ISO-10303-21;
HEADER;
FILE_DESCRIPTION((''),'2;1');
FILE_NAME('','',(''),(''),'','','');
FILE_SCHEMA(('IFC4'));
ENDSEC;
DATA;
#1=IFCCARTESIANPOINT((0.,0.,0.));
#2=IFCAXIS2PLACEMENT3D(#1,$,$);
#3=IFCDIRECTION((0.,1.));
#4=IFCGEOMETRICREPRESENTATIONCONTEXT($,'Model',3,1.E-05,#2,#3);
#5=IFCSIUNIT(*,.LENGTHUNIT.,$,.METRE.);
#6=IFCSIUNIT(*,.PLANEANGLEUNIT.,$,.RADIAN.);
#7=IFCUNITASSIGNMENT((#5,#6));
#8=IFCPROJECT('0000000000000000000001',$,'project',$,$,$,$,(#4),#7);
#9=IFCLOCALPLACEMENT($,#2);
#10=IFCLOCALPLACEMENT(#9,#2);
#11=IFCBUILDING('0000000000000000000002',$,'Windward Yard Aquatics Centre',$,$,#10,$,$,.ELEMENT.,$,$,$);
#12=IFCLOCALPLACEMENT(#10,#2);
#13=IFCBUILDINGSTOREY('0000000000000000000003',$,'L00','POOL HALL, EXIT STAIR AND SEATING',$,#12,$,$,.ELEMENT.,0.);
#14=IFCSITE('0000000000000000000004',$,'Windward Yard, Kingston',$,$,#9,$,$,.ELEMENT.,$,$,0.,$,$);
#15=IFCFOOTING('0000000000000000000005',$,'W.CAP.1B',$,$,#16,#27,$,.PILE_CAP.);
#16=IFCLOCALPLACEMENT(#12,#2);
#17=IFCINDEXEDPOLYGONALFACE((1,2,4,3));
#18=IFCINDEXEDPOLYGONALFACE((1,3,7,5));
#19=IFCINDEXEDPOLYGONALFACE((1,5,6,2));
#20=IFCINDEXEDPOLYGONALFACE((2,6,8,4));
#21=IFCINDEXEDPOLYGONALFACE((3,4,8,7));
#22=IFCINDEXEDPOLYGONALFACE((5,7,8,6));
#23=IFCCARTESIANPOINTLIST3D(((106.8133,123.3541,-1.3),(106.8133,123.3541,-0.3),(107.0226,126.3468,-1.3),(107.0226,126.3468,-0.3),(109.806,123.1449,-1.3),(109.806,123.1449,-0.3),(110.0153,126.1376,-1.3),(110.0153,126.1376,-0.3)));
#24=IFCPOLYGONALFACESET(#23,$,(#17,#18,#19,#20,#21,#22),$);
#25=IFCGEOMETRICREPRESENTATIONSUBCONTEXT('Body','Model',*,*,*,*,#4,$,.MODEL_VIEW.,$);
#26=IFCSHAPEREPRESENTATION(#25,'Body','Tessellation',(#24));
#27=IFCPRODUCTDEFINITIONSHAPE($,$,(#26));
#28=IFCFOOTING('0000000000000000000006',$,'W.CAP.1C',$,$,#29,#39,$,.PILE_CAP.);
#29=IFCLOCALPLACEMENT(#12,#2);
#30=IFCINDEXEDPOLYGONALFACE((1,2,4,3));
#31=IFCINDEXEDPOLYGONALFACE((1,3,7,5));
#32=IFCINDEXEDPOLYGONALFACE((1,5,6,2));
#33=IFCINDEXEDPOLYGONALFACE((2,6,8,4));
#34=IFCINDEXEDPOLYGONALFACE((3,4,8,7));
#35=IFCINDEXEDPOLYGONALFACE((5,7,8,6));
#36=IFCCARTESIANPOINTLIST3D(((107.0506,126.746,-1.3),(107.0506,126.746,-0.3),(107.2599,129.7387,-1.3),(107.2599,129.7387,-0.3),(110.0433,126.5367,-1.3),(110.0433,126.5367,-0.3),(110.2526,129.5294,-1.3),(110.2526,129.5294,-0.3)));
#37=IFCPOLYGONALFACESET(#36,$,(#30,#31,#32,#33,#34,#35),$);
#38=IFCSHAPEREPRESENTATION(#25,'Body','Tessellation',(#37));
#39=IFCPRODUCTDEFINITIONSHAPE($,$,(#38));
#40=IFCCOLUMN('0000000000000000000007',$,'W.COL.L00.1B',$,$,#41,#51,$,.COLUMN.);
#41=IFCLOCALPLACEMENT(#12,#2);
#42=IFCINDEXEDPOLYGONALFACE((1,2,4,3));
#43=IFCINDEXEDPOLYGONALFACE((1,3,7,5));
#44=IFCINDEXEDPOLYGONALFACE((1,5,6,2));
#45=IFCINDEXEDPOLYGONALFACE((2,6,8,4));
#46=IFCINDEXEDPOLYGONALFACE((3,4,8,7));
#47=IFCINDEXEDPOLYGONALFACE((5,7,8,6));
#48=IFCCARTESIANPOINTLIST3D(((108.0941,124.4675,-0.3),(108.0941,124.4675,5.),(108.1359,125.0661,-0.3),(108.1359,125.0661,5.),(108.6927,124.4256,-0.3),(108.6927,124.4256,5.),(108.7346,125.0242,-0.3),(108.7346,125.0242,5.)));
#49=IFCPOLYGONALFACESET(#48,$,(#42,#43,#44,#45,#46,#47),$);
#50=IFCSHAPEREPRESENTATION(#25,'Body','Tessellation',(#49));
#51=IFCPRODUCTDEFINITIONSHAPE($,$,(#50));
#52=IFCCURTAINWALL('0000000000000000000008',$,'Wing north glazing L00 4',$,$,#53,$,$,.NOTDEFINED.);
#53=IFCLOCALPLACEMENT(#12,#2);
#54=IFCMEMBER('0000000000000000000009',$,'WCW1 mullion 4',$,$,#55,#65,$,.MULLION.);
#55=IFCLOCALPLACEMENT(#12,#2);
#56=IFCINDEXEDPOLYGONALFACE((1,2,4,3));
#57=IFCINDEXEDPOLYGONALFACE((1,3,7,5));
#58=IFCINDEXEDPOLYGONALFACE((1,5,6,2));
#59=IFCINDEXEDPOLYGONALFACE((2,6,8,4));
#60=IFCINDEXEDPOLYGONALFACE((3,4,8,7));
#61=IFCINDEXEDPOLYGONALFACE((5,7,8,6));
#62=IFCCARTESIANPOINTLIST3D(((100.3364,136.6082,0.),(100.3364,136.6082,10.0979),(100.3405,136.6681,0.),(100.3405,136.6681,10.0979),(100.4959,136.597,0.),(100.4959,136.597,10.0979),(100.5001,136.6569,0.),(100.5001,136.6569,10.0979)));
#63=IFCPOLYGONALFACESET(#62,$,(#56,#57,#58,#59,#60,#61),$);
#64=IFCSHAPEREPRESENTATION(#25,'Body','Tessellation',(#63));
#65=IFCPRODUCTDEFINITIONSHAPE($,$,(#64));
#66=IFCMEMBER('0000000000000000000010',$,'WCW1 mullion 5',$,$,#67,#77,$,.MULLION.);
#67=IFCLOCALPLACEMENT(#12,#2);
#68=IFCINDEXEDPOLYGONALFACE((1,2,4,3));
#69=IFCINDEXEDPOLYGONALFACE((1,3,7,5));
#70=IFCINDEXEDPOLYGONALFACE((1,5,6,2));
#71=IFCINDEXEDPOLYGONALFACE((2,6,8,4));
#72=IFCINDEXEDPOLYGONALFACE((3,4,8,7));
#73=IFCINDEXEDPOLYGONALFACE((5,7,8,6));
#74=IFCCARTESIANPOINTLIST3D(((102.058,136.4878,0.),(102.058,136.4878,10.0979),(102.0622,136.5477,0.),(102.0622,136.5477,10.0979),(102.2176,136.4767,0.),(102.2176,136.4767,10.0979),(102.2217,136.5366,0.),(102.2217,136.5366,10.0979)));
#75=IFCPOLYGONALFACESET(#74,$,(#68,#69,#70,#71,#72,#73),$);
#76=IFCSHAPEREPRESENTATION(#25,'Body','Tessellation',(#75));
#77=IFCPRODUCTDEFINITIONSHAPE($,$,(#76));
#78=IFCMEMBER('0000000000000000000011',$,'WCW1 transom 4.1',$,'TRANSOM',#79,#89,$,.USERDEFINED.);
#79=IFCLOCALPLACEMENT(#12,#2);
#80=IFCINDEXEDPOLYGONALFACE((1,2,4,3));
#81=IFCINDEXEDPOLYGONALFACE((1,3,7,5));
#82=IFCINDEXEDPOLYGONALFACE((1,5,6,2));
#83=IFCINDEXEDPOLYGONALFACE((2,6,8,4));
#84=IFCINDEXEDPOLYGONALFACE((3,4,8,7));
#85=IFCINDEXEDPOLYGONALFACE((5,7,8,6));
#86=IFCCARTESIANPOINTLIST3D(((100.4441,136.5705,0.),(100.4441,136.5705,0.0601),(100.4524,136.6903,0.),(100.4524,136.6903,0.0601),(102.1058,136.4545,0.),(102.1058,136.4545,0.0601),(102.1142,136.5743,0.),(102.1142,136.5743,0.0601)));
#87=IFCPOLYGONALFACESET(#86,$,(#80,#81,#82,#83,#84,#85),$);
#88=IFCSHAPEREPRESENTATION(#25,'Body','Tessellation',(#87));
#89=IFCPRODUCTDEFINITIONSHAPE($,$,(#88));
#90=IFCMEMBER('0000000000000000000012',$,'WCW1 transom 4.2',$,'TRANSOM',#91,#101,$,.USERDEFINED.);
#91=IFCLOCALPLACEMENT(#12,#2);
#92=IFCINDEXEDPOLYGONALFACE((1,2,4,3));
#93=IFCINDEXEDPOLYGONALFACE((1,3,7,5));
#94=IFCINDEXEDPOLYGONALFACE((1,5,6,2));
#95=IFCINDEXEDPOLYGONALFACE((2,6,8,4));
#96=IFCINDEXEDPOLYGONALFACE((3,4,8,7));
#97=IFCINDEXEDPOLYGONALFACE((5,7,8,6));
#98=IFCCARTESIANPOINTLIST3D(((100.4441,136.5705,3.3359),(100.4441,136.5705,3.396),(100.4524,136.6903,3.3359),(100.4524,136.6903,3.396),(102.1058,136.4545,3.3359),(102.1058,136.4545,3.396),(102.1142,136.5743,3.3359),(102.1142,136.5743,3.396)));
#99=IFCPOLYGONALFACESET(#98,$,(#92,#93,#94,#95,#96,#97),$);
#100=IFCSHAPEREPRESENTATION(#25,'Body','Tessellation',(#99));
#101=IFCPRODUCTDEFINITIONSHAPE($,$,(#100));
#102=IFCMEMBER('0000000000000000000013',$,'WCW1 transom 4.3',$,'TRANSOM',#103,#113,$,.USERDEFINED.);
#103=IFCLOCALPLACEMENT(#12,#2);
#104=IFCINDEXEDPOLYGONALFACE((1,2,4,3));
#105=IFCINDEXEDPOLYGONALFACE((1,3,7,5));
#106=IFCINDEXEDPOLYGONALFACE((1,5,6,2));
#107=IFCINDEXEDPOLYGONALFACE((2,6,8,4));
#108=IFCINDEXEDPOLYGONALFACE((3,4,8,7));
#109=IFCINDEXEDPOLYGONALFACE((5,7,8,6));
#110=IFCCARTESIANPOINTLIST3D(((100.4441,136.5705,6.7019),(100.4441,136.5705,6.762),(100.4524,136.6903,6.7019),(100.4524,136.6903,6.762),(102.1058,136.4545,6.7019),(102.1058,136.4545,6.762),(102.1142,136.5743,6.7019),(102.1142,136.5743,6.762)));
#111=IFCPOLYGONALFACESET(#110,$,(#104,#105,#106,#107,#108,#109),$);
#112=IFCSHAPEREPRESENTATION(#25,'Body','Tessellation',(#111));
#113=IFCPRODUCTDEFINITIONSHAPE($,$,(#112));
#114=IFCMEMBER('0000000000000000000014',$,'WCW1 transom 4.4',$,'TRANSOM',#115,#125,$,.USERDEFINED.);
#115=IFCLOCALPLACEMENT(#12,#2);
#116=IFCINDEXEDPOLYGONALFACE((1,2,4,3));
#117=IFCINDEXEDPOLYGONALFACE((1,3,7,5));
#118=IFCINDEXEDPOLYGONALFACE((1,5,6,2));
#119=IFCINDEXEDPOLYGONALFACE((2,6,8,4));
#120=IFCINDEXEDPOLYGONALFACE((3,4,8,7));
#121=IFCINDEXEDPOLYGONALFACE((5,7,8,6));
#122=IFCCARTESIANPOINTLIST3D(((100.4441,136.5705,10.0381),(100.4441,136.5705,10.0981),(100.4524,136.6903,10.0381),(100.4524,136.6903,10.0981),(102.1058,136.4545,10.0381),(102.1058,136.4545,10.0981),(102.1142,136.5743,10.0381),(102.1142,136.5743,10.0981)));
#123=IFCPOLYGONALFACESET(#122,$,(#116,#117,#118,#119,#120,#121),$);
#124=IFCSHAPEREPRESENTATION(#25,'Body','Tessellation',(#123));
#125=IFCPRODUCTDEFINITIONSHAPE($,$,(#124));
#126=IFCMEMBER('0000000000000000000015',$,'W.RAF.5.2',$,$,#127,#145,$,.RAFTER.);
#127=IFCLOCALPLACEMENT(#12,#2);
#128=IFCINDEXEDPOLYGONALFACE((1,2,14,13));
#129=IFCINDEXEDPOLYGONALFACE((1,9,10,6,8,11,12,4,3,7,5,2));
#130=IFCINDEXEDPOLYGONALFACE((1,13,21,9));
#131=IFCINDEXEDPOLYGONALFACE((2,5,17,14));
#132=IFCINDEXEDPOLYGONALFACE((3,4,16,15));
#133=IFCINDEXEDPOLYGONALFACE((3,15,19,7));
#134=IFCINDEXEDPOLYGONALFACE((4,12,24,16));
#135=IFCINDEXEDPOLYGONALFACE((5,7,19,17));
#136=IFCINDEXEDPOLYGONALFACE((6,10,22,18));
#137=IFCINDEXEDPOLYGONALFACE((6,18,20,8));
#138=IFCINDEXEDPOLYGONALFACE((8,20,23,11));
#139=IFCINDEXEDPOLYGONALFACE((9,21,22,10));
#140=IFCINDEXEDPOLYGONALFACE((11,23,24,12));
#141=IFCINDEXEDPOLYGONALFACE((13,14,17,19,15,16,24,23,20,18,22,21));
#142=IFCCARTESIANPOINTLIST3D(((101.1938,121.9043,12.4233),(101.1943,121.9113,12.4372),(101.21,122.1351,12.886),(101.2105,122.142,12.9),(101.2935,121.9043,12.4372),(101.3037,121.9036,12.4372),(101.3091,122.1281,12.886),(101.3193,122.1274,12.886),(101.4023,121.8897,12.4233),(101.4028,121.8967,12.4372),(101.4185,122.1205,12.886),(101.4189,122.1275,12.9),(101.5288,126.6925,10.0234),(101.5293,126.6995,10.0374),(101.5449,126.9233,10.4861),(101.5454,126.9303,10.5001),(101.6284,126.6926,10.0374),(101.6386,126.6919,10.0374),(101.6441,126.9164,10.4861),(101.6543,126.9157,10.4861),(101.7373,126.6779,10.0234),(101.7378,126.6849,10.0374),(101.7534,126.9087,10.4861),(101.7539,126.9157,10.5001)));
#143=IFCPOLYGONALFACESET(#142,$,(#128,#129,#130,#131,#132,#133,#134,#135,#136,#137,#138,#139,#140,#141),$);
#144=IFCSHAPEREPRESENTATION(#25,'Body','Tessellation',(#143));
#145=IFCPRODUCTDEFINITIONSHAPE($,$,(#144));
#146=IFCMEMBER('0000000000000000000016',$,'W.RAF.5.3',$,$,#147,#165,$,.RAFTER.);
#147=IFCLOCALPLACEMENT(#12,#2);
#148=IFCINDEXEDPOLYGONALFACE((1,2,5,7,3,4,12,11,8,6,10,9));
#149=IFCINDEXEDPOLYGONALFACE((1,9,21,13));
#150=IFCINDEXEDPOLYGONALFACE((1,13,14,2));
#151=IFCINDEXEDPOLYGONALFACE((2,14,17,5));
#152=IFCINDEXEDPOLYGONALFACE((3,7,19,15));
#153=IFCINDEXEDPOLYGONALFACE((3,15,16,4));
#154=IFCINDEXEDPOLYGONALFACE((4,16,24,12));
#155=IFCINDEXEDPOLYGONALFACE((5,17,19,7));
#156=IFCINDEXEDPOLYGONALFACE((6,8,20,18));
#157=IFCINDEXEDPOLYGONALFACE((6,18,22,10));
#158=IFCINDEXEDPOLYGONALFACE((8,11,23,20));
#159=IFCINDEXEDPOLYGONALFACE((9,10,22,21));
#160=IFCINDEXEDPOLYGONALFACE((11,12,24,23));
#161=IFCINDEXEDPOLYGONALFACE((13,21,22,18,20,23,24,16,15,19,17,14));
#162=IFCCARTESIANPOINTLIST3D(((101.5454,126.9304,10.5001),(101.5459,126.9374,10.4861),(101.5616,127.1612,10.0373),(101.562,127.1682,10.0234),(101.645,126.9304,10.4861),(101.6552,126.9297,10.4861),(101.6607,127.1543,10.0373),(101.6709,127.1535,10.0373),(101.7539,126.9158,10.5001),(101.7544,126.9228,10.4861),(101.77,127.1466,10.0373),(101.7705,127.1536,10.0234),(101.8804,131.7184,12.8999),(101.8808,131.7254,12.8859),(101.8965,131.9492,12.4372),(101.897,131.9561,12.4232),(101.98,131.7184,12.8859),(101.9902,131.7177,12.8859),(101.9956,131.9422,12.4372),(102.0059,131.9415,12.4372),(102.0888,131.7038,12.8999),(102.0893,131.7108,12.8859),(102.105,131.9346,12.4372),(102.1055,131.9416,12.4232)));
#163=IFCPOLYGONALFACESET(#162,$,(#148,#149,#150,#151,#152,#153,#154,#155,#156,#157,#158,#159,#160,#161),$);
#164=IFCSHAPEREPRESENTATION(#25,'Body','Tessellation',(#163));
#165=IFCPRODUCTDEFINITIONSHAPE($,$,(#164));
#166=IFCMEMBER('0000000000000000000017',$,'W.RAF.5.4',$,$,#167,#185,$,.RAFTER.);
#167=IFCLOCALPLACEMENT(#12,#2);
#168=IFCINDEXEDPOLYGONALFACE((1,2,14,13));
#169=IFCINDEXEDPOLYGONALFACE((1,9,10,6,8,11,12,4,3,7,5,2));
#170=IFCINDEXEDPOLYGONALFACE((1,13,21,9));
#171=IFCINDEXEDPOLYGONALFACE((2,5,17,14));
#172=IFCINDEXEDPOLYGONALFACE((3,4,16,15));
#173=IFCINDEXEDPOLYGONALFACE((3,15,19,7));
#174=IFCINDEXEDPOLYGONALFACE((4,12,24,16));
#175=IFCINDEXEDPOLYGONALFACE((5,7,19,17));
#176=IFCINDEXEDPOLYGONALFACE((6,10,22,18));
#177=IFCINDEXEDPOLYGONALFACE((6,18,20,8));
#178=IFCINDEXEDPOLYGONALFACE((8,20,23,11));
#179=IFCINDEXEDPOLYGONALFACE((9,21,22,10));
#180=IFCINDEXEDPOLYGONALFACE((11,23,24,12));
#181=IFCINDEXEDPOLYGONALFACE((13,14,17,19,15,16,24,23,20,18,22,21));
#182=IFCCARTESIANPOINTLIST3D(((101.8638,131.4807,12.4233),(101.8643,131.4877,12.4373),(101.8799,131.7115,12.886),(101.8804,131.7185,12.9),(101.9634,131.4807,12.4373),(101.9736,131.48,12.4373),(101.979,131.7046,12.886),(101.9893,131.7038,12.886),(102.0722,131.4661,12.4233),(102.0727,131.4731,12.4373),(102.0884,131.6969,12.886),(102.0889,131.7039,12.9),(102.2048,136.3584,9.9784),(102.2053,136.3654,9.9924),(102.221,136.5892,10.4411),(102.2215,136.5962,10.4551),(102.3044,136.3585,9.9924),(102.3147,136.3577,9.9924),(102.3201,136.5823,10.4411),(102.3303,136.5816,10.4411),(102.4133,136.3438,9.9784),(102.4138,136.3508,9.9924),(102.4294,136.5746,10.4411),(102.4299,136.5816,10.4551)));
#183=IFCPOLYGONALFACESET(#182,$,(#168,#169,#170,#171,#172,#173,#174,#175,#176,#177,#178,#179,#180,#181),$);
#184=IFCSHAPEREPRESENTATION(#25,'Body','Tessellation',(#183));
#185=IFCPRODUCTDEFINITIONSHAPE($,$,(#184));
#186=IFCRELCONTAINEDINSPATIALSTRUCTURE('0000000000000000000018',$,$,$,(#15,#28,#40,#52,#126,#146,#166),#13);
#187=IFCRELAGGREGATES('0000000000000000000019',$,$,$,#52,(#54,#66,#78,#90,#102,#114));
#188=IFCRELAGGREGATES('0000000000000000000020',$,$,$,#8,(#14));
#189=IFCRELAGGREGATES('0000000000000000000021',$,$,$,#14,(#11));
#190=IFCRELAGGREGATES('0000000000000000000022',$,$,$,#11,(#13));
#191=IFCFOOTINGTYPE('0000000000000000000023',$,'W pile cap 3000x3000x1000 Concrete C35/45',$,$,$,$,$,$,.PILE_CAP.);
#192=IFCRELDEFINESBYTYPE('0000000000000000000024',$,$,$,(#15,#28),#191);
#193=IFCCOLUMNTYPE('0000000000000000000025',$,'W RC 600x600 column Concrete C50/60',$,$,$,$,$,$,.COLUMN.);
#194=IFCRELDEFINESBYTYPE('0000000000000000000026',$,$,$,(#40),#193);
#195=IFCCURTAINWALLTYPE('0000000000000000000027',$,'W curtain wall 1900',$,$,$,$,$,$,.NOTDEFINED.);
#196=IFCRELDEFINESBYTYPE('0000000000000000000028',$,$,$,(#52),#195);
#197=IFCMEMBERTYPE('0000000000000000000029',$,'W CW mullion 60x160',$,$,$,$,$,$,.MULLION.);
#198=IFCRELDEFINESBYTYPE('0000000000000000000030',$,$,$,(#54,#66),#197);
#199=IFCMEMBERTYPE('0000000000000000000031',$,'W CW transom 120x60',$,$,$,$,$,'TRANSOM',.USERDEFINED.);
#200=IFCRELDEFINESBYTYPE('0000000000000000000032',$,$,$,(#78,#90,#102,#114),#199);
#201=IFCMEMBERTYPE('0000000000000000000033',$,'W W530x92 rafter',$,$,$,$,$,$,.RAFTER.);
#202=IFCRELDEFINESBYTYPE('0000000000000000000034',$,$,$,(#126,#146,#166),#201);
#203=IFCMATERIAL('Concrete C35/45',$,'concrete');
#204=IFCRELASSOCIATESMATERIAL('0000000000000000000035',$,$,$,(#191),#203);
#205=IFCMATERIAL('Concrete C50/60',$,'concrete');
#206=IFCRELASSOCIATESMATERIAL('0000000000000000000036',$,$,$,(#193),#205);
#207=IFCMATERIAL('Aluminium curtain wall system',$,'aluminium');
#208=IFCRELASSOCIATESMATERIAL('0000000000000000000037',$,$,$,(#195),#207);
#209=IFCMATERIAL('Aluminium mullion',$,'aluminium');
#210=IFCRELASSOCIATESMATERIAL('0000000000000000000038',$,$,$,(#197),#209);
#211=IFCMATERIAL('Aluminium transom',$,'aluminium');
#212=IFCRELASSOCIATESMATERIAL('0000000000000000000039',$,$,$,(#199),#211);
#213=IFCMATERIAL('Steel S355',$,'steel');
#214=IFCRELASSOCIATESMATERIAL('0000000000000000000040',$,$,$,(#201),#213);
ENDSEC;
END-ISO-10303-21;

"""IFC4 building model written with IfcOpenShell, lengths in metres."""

from ifc_helpers import new_model, si_unit, direction, frame, origin, origin_2d, place, context, subcontext, project, spatial, rectangle, i_section, extrude, material, material_profile, profile_set, type_object, element, aggregate, save


model = new_model("IFC4")

# Units and contexts
model_context = context("Model", 3, precision=1e-05, world=origin(), true_north=direction((0.0, 1.0)))
body_context = subcontext(model_context, "Body", "Model", "MODEL_VIEW")
ifc_project = project(units=[si_unit("LENGTHUNIT", "METRE"), si_unit("PLANEANGLEUNIT", "RADIAN")], contexts=[model_context])

# Site, building, storey
site_placement = place(None, origin())
site = spatial("IfcSite", under=ifc_project, at=site_placement, Name="Windward Yard, Kingston", CompositionType="ELEMENT", RefElevation=0.0)
building_placement = place(site_placement, origin())
building = spatial("IfcBuilding", under=site, at=building_placement, Name="Windward Yard Aquatics Centre", CompositionType="ELEMENT")
storey_placement = place(building_placement, origin())
storey = spatial("IfcBuildingStorey", under=building, at=storey_placement, Name="L00", Description="POOL HALL, EXIT STAIR AND SEATING", CompositionType="ELEMENT", Elevation=0.0)

# Shared definitions
ifc_material_1 = material(Name="Concrete C35/45", Category="concrete")

# Footings
footing_type = type_object("IfcFootingType", Name="W pile cap 3000x3000x1000 Concrete C35/45", PredefinedType="PILE_CAP", material=ifc_material_1)
for number, where, z_axis, x_axis, name in (
    (1, (108.4143, 124.7458, -1.3), (0.0, 0.0, 1.0), (0.997564, -0.069756, 0.0), "W.CAP.1B"),
    (2, (108.6516, 128.1377, -1.3), (0.0, 0.0, 1.0), (0.997564, -0.069756, 0.0), "W.CAP.1C"),
):
    element("IfcFooting", number, at=place(storey_placement, frame(where, z_axis=z_axis, x_axis=x_axis)), inside=storey, type_object=footing_type, Name=name, PredefinedType="PILE_CAP", context=body_context, shape_type="SweptSolid", body=[
        extrude(rectangle(XDim=3.0, YDim=3.0, at=origin_2d()), origin(), (0.0, 0.0, 1.0), 1.0),
    ])

# Column
ifc_material_2 = material(Name="Concrete C50/60", Category="concrete")
ifc_material_profile_1 = material_profile(ifc_material_2, rectangle(XDim=0.6001, YDim=0.6001, at=origin_2d()), Name="RC 600x600")
ifc_profile_set_1 = profile_set([ifc_material_profile_1], Name="Concrete C50/60")
column_type = type_object("IfcColumnType", Name="W RC 600x600 column Concrete C50/60", PredefinedType="COLUMN", material=ifc_profile_set_1)
column_placement = place(storey_placement, frame((108.4143, 124.7458, -0.3), z_axis=(0.0, 0.0, 1.0), x_axis=(0.997564, -0.069756, 0.0)))
element("IfcColumn", 3, at=column_placement, inside=storey, type_object=column_type, Name="W.COL.L00.1B", PredefinedType="COLUMN", context=body_context, shape_type="SweptSolid", body=[
    extrude(rectangle(XDim=0.6001, YDim=0.6001, at=origin_2d()), origin(), (0.0, 0.0, 1.0), 5.3),
])

# Curtain wall, members
ifc_material_3 = material(Name="Aluminium curtain wall system", Category="aluminium")
curtain_wall_type = type_object("IfcCurtainWallType", Name="W curtain wall 1900", PredefinedType="NOTDEFINED", material=ifc_material_3)
curtain_wall_placement = place(storey_placement, origin())
curtain_wall = element("IfcCurtainWall", 4, at=curtain_wall_placement, inside=storey, type_object=curtain_wall_type, Name="Wing north glazing L00 4", PredefinedType="NOTDEFINED")
ifc_material_4 = material(Name="Aluminium mullion", Category="aluminium")
ifc_material_profile_2 = material_profile(ifc_material_4, rectangle(XDim=0.0601, YDim=0.1599, at=origin_2d()), Name="AL 60x160")
ifc_profile_set_2 = profile_set([ifc_material_profile_2], Name="Aluminium mullion")
member_type_1 = type_object("IfcMemberType", Name="W CW mullion 60x160", PredefinedType="MULLION", material=ifc_profile_set_2)
member_1_placement = place(storey_placement, frame((100.4182, 136.6326, 0.0), z_axis=(0.0, 0.0, 1.0), x_axis=(0.069756, 0.997564, 0.0)))
member_1 = element("IfcMember", 5, at=member_1_placement, type_object=member_type_1, Name="WCW1 mullion 4", PredefinedType="MULLION", context=body_context, shape_type="SweptSolid", body=[
    extrude(rectangle(XDim=0.0601, YDim=0.1599, at=origin_2d()), origin(), (0.0, 0.0, 1.0), 10.0979),
])
member_2_placement = place(storey_placement, frame((102.1399, 136.5122, 0.0), z_axis=(0.0, 0.0, 1.0), x_axis=(0.069756, 0.997564, 0.0)))
member_2 = element("IfcMember", 6, at=member_2_placement, type_object=member_type_1, Name="WCW1 mullion 5", PredefinedType="MULLION", context=body_context, shape_type="SweptSolid", body=[
    extrude(rectangle(XDim=0.0601, YDim=0.1599, at=origin_2d()), origin(), (0.0, 0.0, 1.0), 10.0979),
])
ifc_material_5 = material(Name="Aluminium transom", Category="aluminium")
ifc_material_profile_3 = material_profile(ifc_material_5, rectangle(XDim=0.1201, YDim=0.0601, at=origin_2d()), Name="AL 120x60")
ifc_profile_set_3 = profile_set([ifc_material_profile_3], Name="Aluminium transom")
member_type_2 = type_object("IfcMemberType", Name="W CW transom 120x60", ElementType="TRANSOM", PredefinedType="USERDEFINED", material=ifc_profile_set_3)
member_3_placement = place(storey_placement, frame((100.4482, 136.6304, 0.03), z_axis=(0.997573, -0.069622, 0.0), x_axis=(0.069622, 0.997573, 0.0)))
member_3 = element("IfcMember", 7, at=member_3_placement, type_object=member_type_2, Name="WCW1 transom 4.1", ObjectType="TRANSOM", PredefinedType="USERDEFINED", context=body_context, shape_type="SweptSolid", body=[
    extrude(rectangle(XDim=0.1201, YDim=0.0601, at=origin_2d()), origin(), (0.0, 0.0, 1.0), 1.6658),
])
member_4_placement = place(storey_placement, frame((100.4482, 136.6304, 3.366), z_axis=(0.997573, -0.069622, 0.0), x_axis=(0.069622, 0.997573, 0.0)))
member_4 = element("IfcMember", 8, at=member_4_placement, type_object=member_type_2, Name="WCW1 transom 4.2", ObjectType="TRANSOM", PredefinedType="USERDEFINED", context=body_context, shape_type="SweptSolid", body=[
    extrude(rectangle(XDim=0.1201, YDim=0.0601, at=origin_2d()), origin(), (0.0, 0.0, 1.0), 1.6658),
])
member_5_placement = place(storey_placement, frame((100.4482, 136.6304, 6.7319), z_axis=(0.997573, -0.069622, 0.0), x_axis=(0.069622, 0.997573, 0.0)))
member_5 = element("IfcMember", 9, at=member_5_placement, type_object=member_type_2, Name="WCW1 transom 4.3", ObjectType="TRANSOM", PredefinedType="USERDEFINED", context=body_context, shape_type="SweptSolid", body=[
    extrude(rectangle(XDim=0.1201, YDim=0.0601, at=origin_2d()), origin(), (0.0, 0.0, 1.0), 1.6658),
])
member_6_placement = place(storey_placement, frame((100.4482, 136.6304, 10.0681), z_axis=(0.997573, -0.069622, 0.0), x_axis=(0.069622, 0.997573, 0.0)))
member_6 = element("IfcMember", 10, at=member_6_placement, type_object=member_type_2, Name="WCW1 transom 4.4", ObjectType="TRANSOM", PredefinedType="USERDEFINED", context=body_context, shape_type="SweptSolid", body=[
    extrude(rectangle(XDim=0.1201, YDim=0.0601, at=origin_2d()), origin(), (0.0, 0.0, 1.0), 1.6658),
])

# Members
ifc_material_6 = material(Name="Steel S355", Category="steel")
ifc_material_profile_4 = material_profile(ifc_material_6, i_section(OverallWidth=0.209, OverallDepth=0.533, WebThickness=0.0103, FlangeThickness=0.0156, at=origin_2d()), Name="W530x92")
ifc_profile_set_4 = profile_set([ifc_material_profile_4], Name="Steel S355")
member_type_3 = type_object("IfcMemberType", Name="W W530x92 rafter", PredefinedType="RAFTER", material=ifc_profile_set_4)
member_7_placement = place(storey_placement, frame((101.3064, 122.0159, 12.6616), z_axis=(0.062416, 0.892255, -0.447197), x_axis=(-0.997562, 0.069783, 0.0)))
element("IfcMember", 11, at=member_7_placement, inside=storey, type_object=member_type_3, Name="W.RAF.5.2", PredefinedType="RAFTER", context=body_context, shape_type="SweptSolid", body=[
    extrude(i_section(OverallWidth=0.209, OverallDepth=0.533, WebThickness=0.0103, FlangeThickness=0.0156, at=origin_2d()), origin(), (0.0, 0.0, 1.0), 5.3665),
])
member_8_placement = place(storey_placement, frame((101.658, 127.042, 10.2617), z_axis=(0.062419, 0.892246, 0.447215), x_axis=(-0.997562, 0.069787, 0.0)))
element("IfcMember", 12, at=member_8_placement, inside=storey, type_object=member_type_3, Name="W.RAF.5.3", PredefinedType="RAFTER", context=body_context, shape_type="SweptSolid", body=[
    extrude(i_section(OverallWidth=0.209, OverallDepth=0.533, WebThickness=0.0103, FlangeThickness=0.0156, at=origin_2d()), origin(), (0.0, 0.0, 1.0), 5.3662),
])
member_9_placement = place(storey_placement, frame((101.9763, 131.5923, 12.6616), z_axis=(0.062389, 0.892247, -0.447217), x_axis=(-0.997564, 0.069753, 0.0)))
element("IfcMember", 13, at=member_9_placement, inside=storey, type_object=member_type_3, Name="W.RAF.5.4", PredefinedType="RAFTER", context=body_context, shape_type="SweptSolid", body=[
    extrude(i_section(OverallWidth=0.209, OverallDepth=0.533, WebThickness=0.0103, FlangeThickness=0.0156, at=origin_2d()), origin(), (0.0, 0.0, 1.0), 5.4668),
])

aggregate(curtain_wall, [member_1, member_2, member_3, member_4, member_5, member_6])

save(model, "model.ifc")
